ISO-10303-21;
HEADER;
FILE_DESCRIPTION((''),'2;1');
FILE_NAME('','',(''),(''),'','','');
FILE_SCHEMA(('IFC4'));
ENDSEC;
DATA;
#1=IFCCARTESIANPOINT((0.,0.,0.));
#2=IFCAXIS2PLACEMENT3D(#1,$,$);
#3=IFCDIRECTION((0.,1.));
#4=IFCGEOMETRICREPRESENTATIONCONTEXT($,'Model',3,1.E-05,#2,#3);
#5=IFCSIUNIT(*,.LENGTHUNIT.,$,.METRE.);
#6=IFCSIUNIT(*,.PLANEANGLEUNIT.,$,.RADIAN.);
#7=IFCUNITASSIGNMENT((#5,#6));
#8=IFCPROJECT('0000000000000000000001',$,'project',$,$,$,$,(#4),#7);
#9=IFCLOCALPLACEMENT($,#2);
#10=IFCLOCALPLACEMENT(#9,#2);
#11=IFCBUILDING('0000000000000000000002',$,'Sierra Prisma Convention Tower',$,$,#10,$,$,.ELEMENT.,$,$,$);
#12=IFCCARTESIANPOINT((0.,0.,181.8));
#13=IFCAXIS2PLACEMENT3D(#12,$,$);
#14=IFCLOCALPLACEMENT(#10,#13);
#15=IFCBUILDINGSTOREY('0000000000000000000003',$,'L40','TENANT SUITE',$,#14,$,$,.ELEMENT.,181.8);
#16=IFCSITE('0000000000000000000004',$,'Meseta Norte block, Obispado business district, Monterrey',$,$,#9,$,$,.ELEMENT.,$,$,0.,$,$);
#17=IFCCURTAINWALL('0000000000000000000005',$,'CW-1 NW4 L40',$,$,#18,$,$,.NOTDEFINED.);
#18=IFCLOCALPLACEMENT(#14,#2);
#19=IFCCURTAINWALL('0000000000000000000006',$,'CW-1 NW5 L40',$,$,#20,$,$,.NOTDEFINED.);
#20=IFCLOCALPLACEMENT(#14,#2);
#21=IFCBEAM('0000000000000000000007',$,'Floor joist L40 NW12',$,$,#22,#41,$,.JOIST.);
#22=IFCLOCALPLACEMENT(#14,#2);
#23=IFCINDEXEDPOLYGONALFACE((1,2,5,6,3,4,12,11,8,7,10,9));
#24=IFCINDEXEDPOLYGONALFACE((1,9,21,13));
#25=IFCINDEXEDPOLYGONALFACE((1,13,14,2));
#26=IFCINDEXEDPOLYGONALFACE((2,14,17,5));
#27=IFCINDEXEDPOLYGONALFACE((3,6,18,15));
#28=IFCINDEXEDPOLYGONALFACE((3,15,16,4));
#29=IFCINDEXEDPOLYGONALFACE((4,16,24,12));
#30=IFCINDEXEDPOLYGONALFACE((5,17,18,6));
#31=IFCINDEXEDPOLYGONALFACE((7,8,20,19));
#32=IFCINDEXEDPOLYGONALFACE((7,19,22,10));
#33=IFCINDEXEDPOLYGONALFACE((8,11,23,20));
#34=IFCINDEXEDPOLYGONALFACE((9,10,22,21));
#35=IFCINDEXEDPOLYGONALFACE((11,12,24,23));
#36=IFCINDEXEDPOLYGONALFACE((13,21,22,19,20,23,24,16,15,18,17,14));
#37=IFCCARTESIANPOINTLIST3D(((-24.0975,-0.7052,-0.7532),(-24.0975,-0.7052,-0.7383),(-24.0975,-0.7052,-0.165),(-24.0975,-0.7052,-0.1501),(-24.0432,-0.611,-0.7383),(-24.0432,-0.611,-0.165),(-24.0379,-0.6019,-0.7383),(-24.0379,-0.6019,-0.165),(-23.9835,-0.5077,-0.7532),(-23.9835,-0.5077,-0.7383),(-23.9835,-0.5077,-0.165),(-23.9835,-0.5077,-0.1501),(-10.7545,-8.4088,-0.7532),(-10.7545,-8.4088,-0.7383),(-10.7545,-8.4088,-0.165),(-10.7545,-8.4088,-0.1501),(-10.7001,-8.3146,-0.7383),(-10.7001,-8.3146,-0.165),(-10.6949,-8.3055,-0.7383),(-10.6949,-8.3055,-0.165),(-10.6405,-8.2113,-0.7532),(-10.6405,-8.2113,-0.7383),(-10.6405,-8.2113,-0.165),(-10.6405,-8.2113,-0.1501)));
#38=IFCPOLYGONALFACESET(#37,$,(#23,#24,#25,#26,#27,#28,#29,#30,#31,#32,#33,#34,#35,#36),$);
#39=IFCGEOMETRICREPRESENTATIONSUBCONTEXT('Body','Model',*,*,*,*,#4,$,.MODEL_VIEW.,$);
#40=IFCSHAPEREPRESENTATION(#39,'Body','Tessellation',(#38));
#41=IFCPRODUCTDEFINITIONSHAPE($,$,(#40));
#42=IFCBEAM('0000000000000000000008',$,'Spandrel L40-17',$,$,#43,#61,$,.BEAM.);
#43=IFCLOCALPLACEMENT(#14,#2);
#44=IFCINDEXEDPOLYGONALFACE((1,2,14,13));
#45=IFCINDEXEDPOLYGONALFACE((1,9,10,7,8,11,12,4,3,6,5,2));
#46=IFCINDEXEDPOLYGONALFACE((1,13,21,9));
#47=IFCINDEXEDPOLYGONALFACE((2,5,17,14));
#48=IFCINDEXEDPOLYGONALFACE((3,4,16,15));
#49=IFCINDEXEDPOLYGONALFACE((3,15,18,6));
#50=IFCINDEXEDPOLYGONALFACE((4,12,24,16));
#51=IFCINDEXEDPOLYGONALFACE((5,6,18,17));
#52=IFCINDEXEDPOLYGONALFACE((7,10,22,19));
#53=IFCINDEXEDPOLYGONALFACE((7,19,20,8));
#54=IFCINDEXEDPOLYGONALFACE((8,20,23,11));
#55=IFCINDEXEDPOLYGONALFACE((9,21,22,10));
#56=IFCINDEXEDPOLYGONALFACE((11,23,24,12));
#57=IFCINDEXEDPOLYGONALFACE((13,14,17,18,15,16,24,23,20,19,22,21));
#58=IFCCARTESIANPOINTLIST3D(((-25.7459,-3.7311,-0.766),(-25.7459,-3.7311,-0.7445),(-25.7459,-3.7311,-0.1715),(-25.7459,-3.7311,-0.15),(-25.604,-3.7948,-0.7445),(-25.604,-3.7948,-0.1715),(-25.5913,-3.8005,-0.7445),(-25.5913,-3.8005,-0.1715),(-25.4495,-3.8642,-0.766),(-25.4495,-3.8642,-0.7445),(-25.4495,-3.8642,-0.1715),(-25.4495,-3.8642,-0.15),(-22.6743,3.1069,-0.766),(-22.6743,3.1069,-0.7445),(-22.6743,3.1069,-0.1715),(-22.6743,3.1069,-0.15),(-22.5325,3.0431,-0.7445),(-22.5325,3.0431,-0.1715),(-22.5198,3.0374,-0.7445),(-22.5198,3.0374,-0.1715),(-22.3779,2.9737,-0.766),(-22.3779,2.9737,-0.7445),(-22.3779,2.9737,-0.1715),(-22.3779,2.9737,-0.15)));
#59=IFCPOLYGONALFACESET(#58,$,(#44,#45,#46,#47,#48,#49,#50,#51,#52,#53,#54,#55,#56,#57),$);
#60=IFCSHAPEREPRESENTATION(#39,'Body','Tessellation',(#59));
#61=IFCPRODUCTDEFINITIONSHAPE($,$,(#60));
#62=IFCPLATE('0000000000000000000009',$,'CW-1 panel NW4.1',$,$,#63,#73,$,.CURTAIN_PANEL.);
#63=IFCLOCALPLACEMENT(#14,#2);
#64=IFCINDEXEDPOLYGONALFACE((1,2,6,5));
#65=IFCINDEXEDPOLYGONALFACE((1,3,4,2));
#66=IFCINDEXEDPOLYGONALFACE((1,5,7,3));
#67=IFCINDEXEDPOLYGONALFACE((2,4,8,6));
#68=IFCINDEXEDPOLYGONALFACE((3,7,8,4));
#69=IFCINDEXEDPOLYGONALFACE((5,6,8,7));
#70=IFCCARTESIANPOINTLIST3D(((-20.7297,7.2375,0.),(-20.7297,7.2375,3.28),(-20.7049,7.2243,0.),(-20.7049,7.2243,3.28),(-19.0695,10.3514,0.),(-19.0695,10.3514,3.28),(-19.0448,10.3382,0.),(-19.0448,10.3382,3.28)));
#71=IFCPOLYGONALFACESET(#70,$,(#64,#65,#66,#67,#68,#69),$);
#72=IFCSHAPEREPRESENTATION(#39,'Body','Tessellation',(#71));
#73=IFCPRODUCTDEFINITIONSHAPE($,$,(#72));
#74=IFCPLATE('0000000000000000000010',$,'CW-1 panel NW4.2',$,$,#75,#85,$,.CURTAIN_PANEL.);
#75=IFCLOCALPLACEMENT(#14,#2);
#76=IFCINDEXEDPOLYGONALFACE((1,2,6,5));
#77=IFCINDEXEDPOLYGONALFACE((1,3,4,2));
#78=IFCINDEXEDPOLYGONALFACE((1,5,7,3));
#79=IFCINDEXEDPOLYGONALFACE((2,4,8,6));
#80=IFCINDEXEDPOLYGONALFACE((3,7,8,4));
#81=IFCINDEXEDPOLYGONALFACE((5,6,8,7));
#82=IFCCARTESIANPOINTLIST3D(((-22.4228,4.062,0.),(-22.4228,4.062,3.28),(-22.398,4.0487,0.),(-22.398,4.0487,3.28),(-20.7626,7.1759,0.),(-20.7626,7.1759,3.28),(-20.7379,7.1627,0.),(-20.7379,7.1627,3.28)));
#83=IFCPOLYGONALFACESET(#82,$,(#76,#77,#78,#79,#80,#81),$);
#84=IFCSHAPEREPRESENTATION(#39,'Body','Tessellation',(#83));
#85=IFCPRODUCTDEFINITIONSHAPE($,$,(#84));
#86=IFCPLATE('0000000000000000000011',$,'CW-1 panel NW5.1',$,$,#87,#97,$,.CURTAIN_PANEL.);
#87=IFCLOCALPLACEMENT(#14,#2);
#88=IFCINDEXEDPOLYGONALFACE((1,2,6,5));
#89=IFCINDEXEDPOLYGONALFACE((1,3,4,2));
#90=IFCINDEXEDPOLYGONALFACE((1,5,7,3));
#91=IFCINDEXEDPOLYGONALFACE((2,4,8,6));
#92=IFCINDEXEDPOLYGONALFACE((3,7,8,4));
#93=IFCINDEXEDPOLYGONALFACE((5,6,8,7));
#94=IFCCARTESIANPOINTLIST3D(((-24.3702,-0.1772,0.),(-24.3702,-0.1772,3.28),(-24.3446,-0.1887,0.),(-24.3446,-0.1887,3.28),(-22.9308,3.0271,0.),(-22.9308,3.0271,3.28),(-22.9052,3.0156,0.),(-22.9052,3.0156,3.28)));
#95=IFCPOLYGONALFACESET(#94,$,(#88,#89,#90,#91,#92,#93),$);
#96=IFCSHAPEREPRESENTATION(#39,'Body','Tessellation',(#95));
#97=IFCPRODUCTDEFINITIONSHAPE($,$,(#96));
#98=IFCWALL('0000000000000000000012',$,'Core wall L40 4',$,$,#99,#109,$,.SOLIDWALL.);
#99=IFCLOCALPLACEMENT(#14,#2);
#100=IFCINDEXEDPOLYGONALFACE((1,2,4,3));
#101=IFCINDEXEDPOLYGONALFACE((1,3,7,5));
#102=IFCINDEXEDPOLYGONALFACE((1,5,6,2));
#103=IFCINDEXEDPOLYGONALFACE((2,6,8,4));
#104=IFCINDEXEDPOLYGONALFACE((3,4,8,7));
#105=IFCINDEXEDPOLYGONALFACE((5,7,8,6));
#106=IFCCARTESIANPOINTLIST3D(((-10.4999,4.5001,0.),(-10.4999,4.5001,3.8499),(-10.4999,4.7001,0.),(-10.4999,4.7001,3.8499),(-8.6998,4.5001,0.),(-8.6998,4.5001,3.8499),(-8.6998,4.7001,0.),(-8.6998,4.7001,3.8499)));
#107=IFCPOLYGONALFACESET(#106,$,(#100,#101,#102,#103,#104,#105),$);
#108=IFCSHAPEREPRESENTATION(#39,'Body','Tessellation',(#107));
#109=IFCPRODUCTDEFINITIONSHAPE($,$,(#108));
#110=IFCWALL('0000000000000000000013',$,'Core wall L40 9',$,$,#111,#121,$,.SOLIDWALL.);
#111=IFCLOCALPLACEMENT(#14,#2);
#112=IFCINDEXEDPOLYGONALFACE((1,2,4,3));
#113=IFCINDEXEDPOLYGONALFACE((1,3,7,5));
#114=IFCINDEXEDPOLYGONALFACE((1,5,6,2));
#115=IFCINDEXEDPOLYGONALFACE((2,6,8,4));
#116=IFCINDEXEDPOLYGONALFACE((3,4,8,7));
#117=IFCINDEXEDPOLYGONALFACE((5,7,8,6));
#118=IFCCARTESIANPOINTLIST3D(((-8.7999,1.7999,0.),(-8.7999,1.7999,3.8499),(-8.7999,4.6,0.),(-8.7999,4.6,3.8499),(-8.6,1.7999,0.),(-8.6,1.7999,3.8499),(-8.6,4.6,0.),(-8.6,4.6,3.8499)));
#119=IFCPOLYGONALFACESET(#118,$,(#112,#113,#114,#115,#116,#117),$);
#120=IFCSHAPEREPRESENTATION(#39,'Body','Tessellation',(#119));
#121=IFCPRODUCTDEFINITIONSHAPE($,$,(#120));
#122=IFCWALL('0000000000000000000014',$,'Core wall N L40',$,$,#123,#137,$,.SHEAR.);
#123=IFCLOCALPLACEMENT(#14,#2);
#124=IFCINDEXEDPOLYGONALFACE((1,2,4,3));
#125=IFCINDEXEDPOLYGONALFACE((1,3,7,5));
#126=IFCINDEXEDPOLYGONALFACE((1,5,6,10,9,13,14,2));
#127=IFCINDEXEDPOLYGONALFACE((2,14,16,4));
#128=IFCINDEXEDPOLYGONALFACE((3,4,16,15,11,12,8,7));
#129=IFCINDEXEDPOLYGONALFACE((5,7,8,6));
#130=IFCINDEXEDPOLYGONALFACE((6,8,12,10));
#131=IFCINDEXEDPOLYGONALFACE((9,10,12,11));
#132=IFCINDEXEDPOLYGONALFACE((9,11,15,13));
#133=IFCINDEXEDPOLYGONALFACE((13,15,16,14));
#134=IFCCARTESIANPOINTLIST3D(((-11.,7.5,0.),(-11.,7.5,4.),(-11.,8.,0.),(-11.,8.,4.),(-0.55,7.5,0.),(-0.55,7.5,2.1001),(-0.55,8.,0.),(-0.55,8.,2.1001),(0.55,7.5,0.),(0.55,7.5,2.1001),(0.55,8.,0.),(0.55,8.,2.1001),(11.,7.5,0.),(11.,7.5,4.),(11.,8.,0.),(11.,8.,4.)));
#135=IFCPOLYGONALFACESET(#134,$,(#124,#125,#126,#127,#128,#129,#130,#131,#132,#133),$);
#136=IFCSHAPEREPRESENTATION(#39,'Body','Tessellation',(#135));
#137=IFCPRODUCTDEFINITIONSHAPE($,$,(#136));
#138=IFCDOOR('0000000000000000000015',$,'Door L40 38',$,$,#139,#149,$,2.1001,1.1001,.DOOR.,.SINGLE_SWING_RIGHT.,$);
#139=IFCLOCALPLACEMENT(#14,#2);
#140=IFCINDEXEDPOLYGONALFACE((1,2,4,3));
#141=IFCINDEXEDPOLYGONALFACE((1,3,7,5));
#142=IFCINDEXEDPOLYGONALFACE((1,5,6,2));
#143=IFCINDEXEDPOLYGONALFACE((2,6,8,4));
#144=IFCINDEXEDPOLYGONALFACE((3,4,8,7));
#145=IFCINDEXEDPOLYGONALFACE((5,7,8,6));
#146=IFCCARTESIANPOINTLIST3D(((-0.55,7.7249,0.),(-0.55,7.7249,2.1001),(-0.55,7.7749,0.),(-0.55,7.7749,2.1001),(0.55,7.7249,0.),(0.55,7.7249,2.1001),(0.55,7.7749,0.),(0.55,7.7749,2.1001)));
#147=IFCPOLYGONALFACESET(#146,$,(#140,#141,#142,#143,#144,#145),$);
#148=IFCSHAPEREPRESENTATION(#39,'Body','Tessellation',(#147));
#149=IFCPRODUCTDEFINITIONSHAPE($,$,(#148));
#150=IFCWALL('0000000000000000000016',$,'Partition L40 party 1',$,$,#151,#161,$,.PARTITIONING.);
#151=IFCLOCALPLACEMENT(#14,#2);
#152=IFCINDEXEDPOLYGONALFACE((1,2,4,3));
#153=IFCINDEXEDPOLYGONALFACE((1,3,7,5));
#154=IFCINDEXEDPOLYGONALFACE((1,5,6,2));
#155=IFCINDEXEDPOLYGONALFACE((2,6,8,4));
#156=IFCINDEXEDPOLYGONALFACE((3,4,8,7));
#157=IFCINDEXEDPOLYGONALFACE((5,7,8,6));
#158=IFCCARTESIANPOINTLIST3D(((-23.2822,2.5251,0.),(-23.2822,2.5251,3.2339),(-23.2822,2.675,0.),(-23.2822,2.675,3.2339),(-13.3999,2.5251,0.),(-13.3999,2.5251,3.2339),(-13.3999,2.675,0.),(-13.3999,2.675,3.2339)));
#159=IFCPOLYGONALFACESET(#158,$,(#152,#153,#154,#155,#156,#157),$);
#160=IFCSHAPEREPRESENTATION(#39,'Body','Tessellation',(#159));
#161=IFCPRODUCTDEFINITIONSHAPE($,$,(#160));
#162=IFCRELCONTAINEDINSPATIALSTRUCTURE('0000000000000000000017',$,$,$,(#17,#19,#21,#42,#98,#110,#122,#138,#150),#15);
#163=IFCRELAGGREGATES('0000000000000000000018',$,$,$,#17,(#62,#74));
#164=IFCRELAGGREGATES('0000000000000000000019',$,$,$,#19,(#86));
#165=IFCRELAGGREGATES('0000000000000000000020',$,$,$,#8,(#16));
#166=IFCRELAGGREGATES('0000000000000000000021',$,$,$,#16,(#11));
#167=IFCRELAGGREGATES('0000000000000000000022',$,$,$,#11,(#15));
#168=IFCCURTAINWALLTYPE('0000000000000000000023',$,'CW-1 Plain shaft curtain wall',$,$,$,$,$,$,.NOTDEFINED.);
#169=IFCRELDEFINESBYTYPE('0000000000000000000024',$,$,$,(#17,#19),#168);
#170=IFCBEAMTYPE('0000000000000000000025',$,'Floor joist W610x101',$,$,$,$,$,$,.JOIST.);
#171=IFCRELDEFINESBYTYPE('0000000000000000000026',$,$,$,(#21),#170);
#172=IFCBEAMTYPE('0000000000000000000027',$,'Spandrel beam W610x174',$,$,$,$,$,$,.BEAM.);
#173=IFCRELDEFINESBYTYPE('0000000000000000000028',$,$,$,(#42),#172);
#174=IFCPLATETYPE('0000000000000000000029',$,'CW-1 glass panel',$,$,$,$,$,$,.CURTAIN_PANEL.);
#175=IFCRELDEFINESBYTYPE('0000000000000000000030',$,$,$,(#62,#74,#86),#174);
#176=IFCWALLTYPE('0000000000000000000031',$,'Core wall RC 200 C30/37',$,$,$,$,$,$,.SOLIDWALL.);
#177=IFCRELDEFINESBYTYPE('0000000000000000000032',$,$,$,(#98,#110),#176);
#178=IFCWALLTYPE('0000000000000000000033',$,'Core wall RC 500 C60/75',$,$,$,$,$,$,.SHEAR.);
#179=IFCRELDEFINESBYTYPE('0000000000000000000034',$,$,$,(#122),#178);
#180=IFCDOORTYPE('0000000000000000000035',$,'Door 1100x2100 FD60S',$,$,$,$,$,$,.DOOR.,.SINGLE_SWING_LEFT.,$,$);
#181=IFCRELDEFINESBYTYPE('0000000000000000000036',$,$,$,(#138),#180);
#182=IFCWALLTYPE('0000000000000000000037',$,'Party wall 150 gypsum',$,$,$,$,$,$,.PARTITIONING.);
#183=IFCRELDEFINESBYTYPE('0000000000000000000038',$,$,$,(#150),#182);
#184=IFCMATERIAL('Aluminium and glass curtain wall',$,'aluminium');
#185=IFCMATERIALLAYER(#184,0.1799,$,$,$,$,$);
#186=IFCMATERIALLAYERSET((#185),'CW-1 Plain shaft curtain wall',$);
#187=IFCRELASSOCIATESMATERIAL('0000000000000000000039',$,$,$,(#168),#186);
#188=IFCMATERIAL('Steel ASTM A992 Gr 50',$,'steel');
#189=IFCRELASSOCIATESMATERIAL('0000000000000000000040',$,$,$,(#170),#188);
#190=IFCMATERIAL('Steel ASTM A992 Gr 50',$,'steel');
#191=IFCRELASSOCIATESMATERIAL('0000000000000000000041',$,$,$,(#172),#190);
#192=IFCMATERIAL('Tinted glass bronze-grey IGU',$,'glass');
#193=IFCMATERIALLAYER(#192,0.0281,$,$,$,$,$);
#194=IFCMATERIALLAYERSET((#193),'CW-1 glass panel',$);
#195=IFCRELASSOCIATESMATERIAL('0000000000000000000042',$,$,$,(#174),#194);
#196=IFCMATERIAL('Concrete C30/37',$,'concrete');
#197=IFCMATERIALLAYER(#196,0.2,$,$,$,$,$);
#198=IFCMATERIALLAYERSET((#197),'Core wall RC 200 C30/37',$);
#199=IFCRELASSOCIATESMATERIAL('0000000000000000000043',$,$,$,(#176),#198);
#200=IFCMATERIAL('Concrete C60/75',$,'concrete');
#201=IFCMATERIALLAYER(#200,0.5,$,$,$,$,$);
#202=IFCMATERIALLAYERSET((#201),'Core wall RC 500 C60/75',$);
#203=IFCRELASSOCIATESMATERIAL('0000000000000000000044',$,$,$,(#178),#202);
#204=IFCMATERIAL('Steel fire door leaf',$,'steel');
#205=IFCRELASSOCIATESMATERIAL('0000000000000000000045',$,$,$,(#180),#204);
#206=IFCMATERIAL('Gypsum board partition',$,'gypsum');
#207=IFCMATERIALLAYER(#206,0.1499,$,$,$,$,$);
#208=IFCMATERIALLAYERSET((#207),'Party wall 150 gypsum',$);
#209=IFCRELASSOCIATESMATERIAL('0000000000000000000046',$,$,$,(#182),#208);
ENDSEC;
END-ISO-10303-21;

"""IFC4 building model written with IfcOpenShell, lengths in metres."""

from ifc_helpers import new_model, si_unit, direction, frame, frame_2d, origin, origin_2d, place, context, subcontext, project, spatial, rectangle, i_section, extrude, material, layer, layer_set, material_profile, profile_set, type_object, element, fill, aggregate, save


model = new_model("IFC4")

# Units and contexts
model_context = context("Model", 3, precision=1e-05, world=origin(), true_north=direction((0.0, 1.0)))
body_context = subcontext(model_context, "Body", "Model", "MODEL_VIEW")
ifc_project = project(units=[si_unit("LENGTHUNIT", "METRE"), si_unit("PLANEANGLEUNIT", "RADIAN")], contexts=[model_context])

# Site, building, storey
site_placement = place(None, origin())
site = spatial("IfcSite", under=ifc_project, at=site_placement, Name="Meseta Norte block, Obispado business district, Monterrey", CompositionType="ELEMENT", RefElevation=0.0)
building_placement = place(site_placement, origin())
building = spatial("IfcBuilding", under=site, at=building_placement, Name="Sierra Prisma Convention Tower", CompositionType="ELEMENT")
storey_placement = place(building_placement, frame((0.0, 0.0, 181.8)))
storey = spatial("IfcBuildingStorey", under=building, at=storey_placement, Name="L40", Description="TENANT SUITE", CompositionType="ELEMENT", Elevation=181.8)

# Curtain wall
ifc_material_1 = material(Name="Aluminium and glass curtain wall", Category="aluminium")
ifc_layer_1 = layer(ifc_material_1, 0.1799)
ifc_layer_set_1 = layer_set([ifc_layer_1], Name="CW-1 Plain shaft curtain wall")
curtain_wall_type = type_object("IfcCurtainWallType", Name="CW-1 Plain shaft curtain wall", PredefinedType="NOTDEFINED", material=ifc_layer_set_1)
curtain_wall_1_placement = place(storey_placement, origin())
curtain_wall_1 = element("IfcCurtainWall", 1, at=curtain_wall_1_placement, inside=storey, type_object=curtain_wall_type, Name="CW-1 NW4 L40", PredefinedType="NOTDEFINED")

# Curtain wall
curtain_wall_2_placement = place(storey_placement, origin())
curtain_wall_2 = element("IfcCurtainWall", 2, at=curtain_wall_2_placement, inside=storey, type_object=curtain_wall_type, Name="CW-1 NW5 L40", PredefinedType="NOTDEFINED")

# Beams
ifc_material_2 = material(Name="Steel ASTM A992 Gr 50", Category="steel")
ifc_material_profile_1 = material_profile(ifc_material_2, i_section(OverallWidth=0.228, OverallDepth=0.603, WebThickness=0.0105, FlangeThickness=0.0149, at=origin_2d()), Name="W610x101")
ifc_profile_set_1 = profile_set([ifc_material_profile_1], Name="Steel ASTM A992 Gr 50")
beam_type_1 = type_object("IfcBeamType", Name="Floor joist W610x101", PredefinedType="JOIST", material=ifc_profile_set_1)
beam_1_placement = place(storey_placement, frame((-24.0405, -0.6064, -0.4517), z_axis=(0.866025, -0.500001, 0.0), x_axis=(0.500001, 0.866025, 0.0)))
element("IfcBeam", 3, at=beam_1_placement, inside=storey, type_object=beam_type_1, Name="Floor joist L40 NW12", PredefinedType="JOIST", context=body_context, shape_type="SweptSolid", body=[
    extrude(i_section(OverallWidth=0.228, OverallDepth=0.603, WebThickness=0.0105, FlangeThickness=0.0149, at=origin_2d()), origin(), (0.0, 0.0, 1.0), 15.4072),
])
ifc_material_3 = material(Name="Steel ASTM A992 Gr 50", Category="steel")
ifc_material_profile_2 = material_profile(ifc_material_3, i_section(OverallWidth=0.325, OverallDepth=0.616, WebThickness=0.0139, FlangeThickness=0.0215, at=origin_2d()), Name="W610x174")
ifc_profile_set_2 = profile_set([ifc_material_profile_2], Name="Steel ASTM A992 Gr 50")
beam_type_2 = type_object("IfcBeamType", Name="Spandrel beam W610x174", PredefinedType="BEAM", material=ifc_profile_set_2)
beam_2_placement = place(storey_placement, frame((-22.5261, 3.0403, -0.458), z_axis=(-0.409752, -0.912197, 0.0), x_axis=(0.912197, -0.409752, 0.0)))
element("IfcBeam", 4, at=beam_2_placement, inside=storey, type_object=beam_type_2, Name="Spandrel L40-17", PredefinedType="BEAM", context=body_context, shape_type="SweptSolid", body=[
    extrude(i_section(OverallWidth=0.325, OverallDepth=0.616, WebThickness=0.0139, FlangeThickness=0.0215, at=origin_2d()), origin(), (0.0, 0.0, 1.0), 7.4961),
])

# Plates
ifc_material_4 = material(Name="Tinted glass bronze-grey IGU", Category="glass")
ifc_layer_2 = layer(ifc_material_4, 0.0281)
ifc_layer_set_2 = layer_set([ifc_layer_2], Name="CW-1 glass panel")
plate_type = type_object("IfcPlateType", Name="CW-1 glass panel", PredefinedType="CURTAIN_PANEL", material=ifc_layer_set_2)
plate_1_placement = place(storey_placement, frame((-19.8872, 8.7878, 0.0), z_axis=(0.0, 0.0, 1.0), x_axis=(-0.47045, -0.882427, 0.0)))
plate_1 = element("IfcPlate", 5, at=plate_1_placement, type_object=plate_type, Name="CW-1 panel NW4.1", PredefinedType="CURTAIN_PANEL", context=body_context, shape_type="SweptSolid", body=[
    extrude(rectangle(XDim=3.5288, YDim=0.0281, at=origin_2d()), origin(), (0.0, 0.0, 1.0), 3.28),
])
plate_2_placement = place(storey_placement, frame((-21.5803, 5.6123, 0.0), z_axis=(0.0, 0.0, 1.0), x_axis=(-0.47045, -0.882427, 0.0)))
plate_2 = element("IfcPlate", 6, at=plate_2_placement, type_object=plate_type, Name="CW-1 panel NW4.2", PredefinedType="CURTAIN_PANEL", context=body_context, shape_type="SweptSolid", body=[
    extrude(rectangle(XDim=3.5288, YDim=0.0281, at=origin_2d()), origin(), (0.0, 0.0, 1.0), 3.28),
])
aggregate(curtain_wall_1, [plate_1, plate_2])
plate_3_placement = place(storey_placement, frame((-23.6377, 1.4192, 0.0), z_axis=(0.0, 0.0, 1.0), x_axis=(-0.409773, -0.912188, 0.0)))
plate_3 = element("IfcPlate", 7, at=plate_3_placement, type_object=plate_type, Name="CW-1 panel NW5.1", PredefinedType="CURTAIN_PANEL", context=body_context, shape_type="SweptSolid", body=[
    extrude(rectangle(XDim=3.5127, YDim=0.0281, at=origin_2d()), origin(), (0.0, 0.0, 1.0), 3.28),
])
aggregate(curtain_wall_2, [plate_3])

# Shared definitions
ifc_material_5 = material(Name="Concrete C30/37", Category="concrete")
ifc_layer_3 = layer(ifc_material_5, 0.2)
ifc_layer_set_3 = layer_set([ifc_layer_3], Name="Core wall RC 200 C30/37")
wall_type_1 = type_object("IfcWallType", Name="Core wall RC 200 C30/37", PredefinedType="SOLIDWALL", material=ifc_layer_set_3)

# Walls
wall_1_placement = place(storey_placement, frame((-8.7, 4.6001, 0.0), z_axis=(0.0, 0.0, 1.0), x_axis=(-1.0, 0.0, 0.0)))
element("IfcWall", 8, at=wall_1_placement, inside=storey, type_object=wall_type_1, Name="Core wall L40 4", PredefinedType="SOLIDWALL", context=body_context, shape_type="SweptSolid", body=[
    extrude(rectangle(XDim=1.8, YDim=0.2, at=frame_2d((0.8999, 0.0))), origin(), (0.0, 0.0, 1.0), 3.8499),
])
wall_2_placement = place(storey_placement, frame((-8.7, 1.8, 0.0), z_axis=(0.0, 0.0, 1.0), x_axis=(0.0, 1.0, 0.0)))
element("IfcWall", 9, at=wall_2_placement, inside=storey, type_object=wall_type_1, Name="Core wall L40 9", PredefinedType="SOLIDWALL", context=body_context, shape_type="SweptSolid", body=[
    extrude(rectangle(XDim=2.8, YDim=0.2, at=frame_2d((1.3999, 0.0))), origin(), (0.0, 0.0, 1.0), 3.8499),
])

# Wall, opening, door
ifc_material_6 = material(Name="Concrete C60/75", Category="concrete")
ifc_layer_4 = layer(ifc_material_6, 0.5)
ifc_layer_set_4 = layer_set([ifc_layer_4], Name="Core wall RC 500 C60/75")
wall_type_2 = type_object("IfcWallType", Name="Core wall RC 500 C60/75", PredefinedType="SHEAR", material=ifc_layer_set_4)
wall_3_placement = place(storey_placement, frame((-11.0, 7.75, 0.0), z_axis=(0.0, 0.0, 1.0), x_axis=(1.0, 0.0, 0.0)))
wall_3 = element("IfcWall", 10, at=wall_3_placement, inside=storey, type_object=wall_type_2, Name="Core wall N L40", PredefinedType="SHEAR", context=body_context, shape_type="SweptSolid", body=[
    extrude(rectangle(XDim=22.0, YDim=0.5, at=frame_2d((11.0, 0.0))), origin(), (0.0, 0.0, 1.0), 4.0),
])
opening_1_placement = place(wall_3_placement, frame((10.45, 0.0, 0.0)))
opening_1 = element("IfcOpeningElement", 11, at=opening_1_placement, cuts=wall_3, PredefinedType="OPENING", context=body_context, shape_type="SweptSolid", body=[
    extrude(rectangle(XDim=1.1001, YDim=2.1001, at=frame_2d((0.55, 1.05))), frame((0.0, 0.25, 0.0), z_axis=(0.0, -1.0, 0.0), x_axis=(1.0, 0.0, 0.0)), (0.0, 0.0, 1.0), 0.5),
])
ifc_material_7 = material(Name="Steel fire door leaf", Category="steel")
door_type_1 = type_object("IfcDoorType", Name="Door 1100x2100 FD60S", OperationType="SINGLE_SWING_LEFT", PredefinedType="DOOR", material=ifc_material_7)
door_1_placement = place(opening_1_placement, origin())
door_1 = element("IfcDoor", 12, at=door_1_placement, inside=storey, type_object=door_type_1, Name="Door L40 38", OperationType="SINGLE_SWING_RIGHT", OverallHeight=2.1001, OverallWidth=1.1001, PredefinedType="DOOR", context=body_context, shape_type="SweptSolid", body=[
    extrude(rectangle(XDim=1.1001, YDim=2.1001, at=frame_2d((0.55, 1.05))), frame((0.0, 0.0249, 0.0), z_axis=(0.0, -1.0, 0.0), x_axis=(1.0, 0.0, 0.0)), (0.0, 0.0, 1.0), 0.05),
])
fill(opening_1, door_1)

# Wall
ifc_material_8 = material(Name="Gypsum board partition", Category="gypsum")
ifc_layer_5 = layer(ifc_material_8, 0.1499)
ifc_layer_set_5 = layer_set([ifc_layer_5], Name="Party wall 150 gypsum")
wall_type_3 = type_object("IfcWallType", Name="Party wall 150 gypsum", PredefinedType="PARTITIONING", material=ifc_layer_set_5)
wall_4_placement = place(storey_placement, frame((-13.3999, 2.6001, 0.0), z_axis=(0.0, 0.0, 1.0), x_axis=(-1.0, 0.0, 0.0)))
element("IfcWall", 13, at=wall_4_placement, inside=storey, type_object=wall_type_3, Name="Partition L40 party 1", PredefinedType="PARTITIONING", context=body_context, shape_type="SweptSolid", body=[
    extrude(rectangle(XDim=9.8823, YDim=0.1499, at=frame_2d((4.9412, 0.0))), origin(), (0.0, 0.0, 1.0), 3.2339),
])

save(model, "model.ifc")
